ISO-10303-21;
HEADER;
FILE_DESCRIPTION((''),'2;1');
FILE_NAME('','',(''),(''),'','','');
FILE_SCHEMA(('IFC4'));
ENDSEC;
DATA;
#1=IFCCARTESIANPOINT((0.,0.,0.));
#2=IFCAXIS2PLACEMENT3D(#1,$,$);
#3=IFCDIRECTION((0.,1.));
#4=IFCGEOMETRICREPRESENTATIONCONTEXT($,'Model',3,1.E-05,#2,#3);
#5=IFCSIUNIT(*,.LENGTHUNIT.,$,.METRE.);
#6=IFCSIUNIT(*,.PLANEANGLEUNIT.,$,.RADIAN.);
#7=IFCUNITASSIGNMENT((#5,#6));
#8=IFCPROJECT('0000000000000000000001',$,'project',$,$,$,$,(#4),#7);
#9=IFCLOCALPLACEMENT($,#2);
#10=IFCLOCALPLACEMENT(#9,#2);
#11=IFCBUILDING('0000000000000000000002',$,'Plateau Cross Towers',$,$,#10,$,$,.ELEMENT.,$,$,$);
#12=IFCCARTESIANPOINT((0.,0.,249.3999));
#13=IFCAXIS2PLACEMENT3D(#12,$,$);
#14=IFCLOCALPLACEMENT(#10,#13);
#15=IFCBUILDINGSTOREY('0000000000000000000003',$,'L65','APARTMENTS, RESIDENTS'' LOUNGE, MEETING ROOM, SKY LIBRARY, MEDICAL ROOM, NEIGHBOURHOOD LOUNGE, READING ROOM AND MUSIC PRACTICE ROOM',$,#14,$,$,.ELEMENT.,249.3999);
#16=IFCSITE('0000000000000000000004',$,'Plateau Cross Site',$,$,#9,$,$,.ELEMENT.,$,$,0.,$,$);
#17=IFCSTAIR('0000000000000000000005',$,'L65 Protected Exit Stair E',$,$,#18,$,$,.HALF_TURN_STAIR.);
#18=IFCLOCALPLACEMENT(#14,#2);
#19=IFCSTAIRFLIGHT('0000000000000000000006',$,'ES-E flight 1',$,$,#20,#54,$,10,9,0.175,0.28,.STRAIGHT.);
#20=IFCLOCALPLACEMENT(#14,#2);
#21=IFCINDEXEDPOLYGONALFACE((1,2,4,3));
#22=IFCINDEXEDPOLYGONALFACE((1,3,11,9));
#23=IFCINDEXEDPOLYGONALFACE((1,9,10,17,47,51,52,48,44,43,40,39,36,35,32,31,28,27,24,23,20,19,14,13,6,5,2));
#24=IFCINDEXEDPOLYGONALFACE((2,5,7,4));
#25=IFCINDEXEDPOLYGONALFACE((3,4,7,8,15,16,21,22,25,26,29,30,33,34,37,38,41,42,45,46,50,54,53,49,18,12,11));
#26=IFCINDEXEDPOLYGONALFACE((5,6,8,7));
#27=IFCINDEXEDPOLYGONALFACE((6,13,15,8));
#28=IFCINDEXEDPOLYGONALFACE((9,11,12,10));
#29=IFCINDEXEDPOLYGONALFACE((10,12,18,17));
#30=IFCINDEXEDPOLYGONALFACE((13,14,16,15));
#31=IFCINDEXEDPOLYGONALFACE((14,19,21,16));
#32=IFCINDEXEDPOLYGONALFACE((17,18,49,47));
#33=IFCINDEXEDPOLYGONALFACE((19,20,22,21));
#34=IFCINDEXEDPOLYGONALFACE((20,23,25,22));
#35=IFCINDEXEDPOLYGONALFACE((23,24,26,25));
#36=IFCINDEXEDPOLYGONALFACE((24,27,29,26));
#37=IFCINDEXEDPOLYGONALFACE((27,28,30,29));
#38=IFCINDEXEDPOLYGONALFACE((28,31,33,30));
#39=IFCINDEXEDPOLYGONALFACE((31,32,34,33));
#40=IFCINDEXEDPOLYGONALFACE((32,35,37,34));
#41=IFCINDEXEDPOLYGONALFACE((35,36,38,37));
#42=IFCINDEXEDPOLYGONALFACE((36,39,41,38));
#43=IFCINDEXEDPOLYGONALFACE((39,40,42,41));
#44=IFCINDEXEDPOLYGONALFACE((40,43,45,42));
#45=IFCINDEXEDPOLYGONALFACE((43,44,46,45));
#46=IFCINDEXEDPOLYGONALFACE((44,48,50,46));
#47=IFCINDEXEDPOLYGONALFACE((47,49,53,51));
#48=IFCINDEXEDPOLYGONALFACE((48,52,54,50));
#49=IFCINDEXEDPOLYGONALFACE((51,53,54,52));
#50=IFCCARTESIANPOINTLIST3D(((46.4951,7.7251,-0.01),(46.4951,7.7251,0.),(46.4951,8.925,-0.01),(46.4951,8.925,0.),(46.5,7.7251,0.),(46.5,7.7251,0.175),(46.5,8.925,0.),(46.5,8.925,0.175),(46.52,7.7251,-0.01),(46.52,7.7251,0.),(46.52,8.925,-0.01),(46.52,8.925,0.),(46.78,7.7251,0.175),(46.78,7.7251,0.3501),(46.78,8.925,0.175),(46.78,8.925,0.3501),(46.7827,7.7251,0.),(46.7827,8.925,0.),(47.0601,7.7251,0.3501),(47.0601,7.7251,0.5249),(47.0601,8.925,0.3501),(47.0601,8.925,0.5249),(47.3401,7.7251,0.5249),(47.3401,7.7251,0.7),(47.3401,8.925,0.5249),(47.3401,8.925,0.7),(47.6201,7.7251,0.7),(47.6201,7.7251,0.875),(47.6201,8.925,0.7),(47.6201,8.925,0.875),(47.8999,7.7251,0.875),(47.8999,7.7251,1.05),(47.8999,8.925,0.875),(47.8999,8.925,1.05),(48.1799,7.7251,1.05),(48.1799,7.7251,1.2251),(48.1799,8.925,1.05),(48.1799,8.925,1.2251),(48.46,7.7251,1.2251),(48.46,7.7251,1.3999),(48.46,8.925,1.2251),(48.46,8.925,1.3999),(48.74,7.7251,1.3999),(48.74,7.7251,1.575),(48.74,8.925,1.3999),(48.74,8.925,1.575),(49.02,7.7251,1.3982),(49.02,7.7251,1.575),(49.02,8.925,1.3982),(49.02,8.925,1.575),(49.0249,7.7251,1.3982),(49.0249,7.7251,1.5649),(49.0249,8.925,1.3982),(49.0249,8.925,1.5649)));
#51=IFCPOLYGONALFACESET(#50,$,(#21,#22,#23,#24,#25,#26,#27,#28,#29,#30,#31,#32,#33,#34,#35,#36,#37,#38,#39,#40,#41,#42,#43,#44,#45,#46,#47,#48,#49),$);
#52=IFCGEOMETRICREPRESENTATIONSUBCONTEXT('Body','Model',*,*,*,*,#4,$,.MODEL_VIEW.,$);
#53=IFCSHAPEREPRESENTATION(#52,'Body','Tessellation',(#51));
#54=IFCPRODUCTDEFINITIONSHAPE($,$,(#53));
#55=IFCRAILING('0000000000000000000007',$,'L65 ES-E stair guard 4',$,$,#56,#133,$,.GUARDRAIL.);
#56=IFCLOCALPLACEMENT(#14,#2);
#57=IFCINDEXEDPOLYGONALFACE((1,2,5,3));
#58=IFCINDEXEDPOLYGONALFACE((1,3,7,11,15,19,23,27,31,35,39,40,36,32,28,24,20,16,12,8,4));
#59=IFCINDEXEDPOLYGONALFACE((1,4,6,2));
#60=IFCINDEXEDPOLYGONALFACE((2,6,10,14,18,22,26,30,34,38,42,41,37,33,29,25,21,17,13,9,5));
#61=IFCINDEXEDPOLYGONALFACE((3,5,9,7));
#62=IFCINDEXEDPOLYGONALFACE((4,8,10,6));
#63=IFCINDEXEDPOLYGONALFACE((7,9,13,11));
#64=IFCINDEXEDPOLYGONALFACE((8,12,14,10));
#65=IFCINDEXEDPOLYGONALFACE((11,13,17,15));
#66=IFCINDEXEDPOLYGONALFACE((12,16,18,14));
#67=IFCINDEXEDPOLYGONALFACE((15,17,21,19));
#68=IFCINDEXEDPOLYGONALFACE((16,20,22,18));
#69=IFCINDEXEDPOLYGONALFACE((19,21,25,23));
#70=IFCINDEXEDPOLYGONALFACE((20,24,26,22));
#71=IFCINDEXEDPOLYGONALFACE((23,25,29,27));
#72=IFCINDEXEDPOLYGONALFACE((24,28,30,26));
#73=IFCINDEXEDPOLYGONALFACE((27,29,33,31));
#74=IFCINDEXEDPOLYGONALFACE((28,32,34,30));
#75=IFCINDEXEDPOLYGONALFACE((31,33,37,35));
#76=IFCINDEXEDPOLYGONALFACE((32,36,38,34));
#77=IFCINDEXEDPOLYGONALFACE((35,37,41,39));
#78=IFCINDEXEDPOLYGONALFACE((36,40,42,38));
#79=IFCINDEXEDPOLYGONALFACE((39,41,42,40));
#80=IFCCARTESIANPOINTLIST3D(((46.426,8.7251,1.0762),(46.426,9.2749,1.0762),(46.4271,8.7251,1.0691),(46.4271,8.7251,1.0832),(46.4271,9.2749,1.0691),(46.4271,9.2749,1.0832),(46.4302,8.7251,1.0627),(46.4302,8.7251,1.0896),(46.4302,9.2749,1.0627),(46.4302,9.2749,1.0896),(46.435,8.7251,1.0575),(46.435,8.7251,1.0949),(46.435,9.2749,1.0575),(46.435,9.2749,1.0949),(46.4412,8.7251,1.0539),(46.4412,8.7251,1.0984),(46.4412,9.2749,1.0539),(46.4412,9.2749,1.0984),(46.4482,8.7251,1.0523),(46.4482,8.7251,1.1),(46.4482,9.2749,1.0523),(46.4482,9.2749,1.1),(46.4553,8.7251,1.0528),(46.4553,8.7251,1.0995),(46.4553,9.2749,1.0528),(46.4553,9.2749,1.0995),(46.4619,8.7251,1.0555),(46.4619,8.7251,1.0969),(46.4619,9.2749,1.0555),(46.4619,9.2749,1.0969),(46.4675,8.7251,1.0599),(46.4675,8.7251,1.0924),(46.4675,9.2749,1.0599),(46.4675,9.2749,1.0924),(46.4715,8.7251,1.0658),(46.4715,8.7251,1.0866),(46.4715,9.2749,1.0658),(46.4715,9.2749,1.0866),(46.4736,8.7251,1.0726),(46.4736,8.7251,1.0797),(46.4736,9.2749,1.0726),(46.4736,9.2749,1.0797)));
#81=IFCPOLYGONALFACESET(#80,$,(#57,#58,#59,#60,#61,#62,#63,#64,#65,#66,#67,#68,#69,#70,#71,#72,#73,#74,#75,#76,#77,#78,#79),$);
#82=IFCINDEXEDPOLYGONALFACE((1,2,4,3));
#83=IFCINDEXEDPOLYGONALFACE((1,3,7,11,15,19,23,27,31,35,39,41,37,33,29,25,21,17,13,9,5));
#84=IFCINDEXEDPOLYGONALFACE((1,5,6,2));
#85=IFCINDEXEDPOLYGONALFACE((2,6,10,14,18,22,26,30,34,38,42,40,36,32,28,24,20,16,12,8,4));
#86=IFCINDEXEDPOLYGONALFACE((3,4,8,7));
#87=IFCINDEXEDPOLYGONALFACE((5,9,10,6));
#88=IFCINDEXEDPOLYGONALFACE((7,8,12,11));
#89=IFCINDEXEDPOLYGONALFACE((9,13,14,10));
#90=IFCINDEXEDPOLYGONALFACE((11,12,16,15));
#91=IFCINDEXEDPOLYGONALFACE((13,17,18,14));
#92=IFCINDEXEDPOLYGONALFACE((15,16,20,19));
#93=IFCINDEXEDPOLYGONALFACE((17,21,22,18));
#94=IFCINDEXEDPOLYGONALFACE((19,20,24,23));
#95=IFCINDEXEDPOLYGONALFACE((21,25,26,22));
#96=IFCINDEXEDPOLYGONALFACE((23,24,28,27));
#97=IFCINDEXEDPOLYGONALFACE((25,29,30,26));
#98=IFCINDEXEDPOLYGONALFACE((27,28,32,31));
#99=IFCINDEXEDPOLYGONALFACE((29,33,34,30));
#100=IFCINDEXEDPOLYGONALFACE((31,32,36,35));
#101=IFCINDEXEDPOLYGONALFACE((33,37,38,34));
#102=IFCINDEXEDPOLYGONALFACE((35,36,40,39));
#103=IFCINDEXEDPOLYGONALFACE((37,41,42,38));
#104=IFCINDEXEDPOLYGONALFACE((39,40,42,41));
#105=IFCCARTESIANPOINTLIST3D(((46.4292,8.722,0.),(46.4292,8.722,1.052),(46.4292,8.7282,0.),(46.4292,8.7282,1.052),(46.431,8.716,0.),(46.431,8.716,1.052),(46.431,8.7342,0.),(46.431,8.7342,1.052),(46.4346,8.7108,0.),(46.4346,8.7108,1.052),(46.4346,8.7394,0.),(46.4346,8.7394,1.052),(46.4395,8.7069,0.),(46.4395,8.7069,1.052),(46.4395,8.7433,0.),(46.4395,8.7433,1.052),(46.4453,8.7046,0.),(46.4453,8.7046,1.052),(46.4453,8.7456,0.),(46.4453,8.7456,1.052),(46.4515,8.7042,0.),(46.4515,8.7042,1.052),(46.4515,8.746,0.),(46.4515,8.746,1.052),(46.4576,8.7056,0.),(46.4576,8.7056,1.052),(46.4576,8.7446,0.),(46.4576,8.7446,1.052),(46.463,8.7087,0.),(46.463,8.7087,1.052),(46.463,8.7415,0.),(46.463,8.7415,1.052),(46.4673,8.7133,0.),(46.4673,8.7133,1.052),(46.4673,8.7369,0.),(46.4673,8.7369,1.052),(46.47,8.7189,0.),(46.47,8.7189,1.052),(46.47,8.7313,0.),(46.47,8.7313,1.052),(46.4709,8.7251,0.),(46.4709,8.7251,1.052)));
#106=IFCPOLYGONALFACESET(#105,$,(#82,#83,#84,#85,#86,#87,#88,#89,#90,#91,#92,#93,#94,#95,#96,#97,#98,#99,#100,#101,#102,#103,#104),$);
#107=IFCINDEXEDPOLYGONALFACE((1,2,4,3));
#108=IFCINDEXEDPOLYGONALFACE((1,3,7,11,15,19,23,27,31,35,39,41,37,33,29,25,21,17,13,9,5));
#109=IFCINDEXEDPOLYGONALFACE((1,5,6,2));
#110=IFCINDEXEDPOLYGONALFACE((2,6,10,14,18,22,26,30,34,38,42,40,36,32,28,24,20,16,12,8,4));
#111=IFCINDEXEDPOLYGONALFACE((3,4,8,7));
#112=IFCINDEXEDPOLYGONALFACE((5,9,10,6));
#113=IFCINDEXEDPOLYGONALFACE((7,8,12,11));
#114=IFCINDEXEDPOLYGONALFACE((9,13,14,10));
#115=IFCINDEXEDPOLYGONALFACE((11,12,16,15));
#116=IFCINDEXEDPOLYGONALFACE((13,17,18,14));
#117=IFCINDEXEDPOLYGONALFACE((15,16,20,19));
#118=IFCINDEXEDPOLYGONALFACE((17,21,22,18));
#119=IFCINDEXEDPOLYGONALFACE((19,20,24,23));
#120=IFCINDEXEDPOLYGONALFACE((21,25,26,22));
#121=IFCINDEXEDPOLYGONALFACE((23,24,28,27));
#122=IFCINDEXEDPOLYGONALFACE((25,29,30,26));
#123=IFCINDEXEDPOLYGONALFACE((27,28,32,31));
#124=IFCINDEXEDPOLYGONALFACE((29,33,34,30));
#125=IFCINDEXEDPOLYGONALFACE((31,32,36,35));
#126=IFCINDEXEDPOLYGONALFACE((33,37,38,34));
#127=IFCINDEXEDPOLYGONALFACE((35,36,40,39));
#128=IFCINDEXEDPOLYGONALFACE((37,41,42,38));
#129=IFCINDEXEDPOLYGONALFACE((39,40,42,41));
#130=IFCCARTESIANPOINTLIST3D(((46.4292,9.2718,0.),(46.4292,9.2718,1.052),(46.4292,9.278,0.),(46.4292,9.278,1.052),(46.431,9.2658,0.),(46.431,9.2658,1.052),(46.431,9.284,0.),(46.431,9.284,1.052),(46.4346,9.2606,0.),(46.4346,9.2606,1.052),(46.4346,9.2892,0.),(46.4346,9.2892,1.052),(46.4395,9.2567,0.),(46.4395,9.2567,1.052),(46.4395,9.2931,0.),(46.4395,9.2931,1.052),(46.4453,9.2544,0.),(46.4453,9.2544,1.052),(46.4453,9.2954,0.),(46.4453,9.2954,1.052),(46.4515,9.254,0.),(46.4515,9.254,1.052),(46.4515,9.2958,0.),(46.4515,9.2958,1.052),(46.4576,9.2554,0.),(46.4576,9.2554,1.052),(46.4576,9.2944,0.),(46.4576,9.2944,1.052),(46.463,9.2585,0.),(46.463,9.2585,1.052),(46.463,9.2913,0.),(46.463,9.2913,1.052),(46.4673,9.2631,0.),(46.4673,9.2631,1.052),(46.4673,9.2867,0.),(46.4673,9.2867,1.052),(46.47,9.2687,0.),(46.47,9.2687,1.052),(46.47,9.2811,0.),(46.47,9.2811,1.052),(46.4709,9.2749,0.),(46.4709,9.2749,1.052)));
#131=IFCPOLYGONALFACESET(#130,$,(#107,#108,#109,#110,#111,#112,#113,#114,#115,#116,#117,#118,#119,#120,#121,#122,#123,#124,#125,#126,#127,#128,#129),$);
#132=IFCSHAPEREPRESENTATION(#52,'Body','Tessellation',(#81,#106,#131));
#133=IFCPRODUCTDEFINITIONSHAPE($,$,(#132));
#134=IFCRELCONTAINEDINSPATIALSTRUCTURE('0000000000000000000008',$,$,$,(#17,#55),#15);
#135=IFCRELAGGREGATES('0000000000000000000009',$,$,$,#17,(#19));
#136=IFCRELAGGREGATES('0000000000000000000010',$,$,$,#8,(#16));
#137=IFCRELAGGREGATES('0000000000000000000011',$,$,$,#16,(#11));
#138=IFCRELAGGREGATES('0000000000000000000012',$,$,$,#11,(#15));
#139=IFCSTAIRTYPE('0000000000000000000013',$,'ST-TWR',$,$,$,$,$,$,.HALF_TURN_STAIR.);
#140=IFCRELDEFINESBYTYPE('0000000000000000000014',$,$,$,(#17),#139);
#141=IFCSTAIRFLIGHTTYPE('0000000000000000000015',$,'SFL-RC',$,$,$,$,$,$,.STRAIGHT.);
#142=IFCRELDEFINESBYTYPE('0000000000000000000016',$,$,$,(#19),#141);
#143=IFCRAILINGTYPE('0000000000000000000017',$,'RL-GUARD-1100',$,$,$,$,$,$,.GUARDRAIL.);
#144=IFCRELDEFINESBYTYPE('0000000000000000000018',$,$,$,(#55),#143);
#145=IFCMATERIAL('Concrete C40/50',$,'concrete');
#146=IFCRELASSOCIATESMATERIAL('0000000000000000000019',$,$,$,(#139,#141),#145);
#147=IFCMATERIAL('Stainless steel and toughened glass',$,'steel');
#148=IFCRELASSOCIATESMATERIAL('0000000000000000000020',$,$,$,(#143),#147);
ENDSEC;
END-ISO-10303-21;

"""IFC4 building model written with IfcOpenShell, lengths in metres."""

from ifc_helpers import new_model, si_unit, direction, frame, origin, origin_2d, place, context, subcontext, project, spatial, polyline, circle, outline, extrude, material, type_object, element, aggregate, save


model = new_model("IFC4")

# Units and contexts
model_context = context("Model", 3, precision=1e-05, world=origin(), true_north=direction((0.0, 1.0)))
body_context = subcontext(model_context, "Body", "Model", "MODEL_VIEW")
ifc_project = project(units=[si_unit("LENGTHUNIT", "METRE"), si_unit("PLANEANGLEUNIT", "RADIAN")], contexts=[model_context])

# Site, building, storey
site_placement = place(None, origin())
site = spatial("IfcSite", under=ifc_project, at=site_placement, Name="Plateau Cross Site", CompositionType="ELEMENT", RefElevation=0.0)
building_placement = place(site_placement, origin())
building = spatial("IfcBuilding", under=site, at=building_placement, Name="Plateau Cross Towers", CompositionType="ELEMENT")
storey_placement = place(building_placement, frame((0.0, 0.0, 249.3999)))
storey = spatial("IfcBuildingStorey", under=building, at=storey_placement, Name="L65", Description="APARTMENTS, RESIDENTS' LOUNGE, MEETING ROOM, SKY LIBRARY, MEDICAL ROOM, NEIGHBOURHOOD LOUNGE, READING ROOM AND MUSIC PRACTICE ROOM", CompositionType="ELEMENT", Elevation=249.3999)

# Stair, stair flight
ifc_material_1 = material(Name="Concrete C40/50", Category="concrete")
stair_type = type_object("IfcStairType", Name="ST-TWR", PredefinedType="HALF_TURN_STAIR", material=ifc_material_1)
stair_placement = place(storey_placement, origin())
stair = element("IfcStair", 1, at=stair_placement, inside=storey, type_object=stair_type, Name="L65 Protected Exit Stair E", PredefinedType="HALF_TURN_STAIR")
stair_flight_type = type_object("IfcStairFlightType", Name="SFL-RC", PredefinedType="STRAIGHT", material=ifc_material_1)
stair_flight_placement = place(storey_placement, frame((46.5, 8.325, 0.0), z_axis=(0.0, 0.0, 1.0), x_axis=(1.0, 0.0, 0.0)))
stair_flight = element("IfcStairFlight", 2, at=stair_flight_placement, type_object=stair_flight_type, Name="ES-E flight 1", NumberOfRisers=10, NumberOfTreads=9, PredefinedType="STRAIGHT", RiserHeight=0.175, TreadLength=0.28, context=body_context, shape_type="SweptSolid", body=[
    extrude(outline(polyline([(-0.0049, -0.01), (-0.0049, 0.0), (0.0, 0.0), (0.0, 0.175), (0.28, 0.175), (0.28, 0.3501), (0.5601, 0.3501), (0.5601, 0.5249), (0.8401, 0.5249), (0.8401, 0.7), (1.1201, 0.7), (1.1201, 0.875), (1.3999, 0.875), (1.3999, 1.05), (1.6799, 1.05), (1.6799, 1.2251), (1.96, 1.2251), (1.96, 1.3999), (2.24, 1.3999), (2.24, 1.575), (2.52, 1.575), (2.5249, 1.5649), (2.5249, 1.3982), (2.52, 1.3982), (0.2827, 0.0), (0.02, 0.0), (0.02, -0.01), (-0.0049, -0.01)])), frame((0.0, 0.6001, 0.0), z_axis=(0.0, -1.0, 0.0), x_axis=(1.0, 0.0, 0.0)), (0.0, 0.0, 1.0), 1.2),
])
aggregate(stair, [stair_flight])

# Railing
ifc_material_2 = material(Name="Stainless steel and toughened glass", Category="steel")
railing_type_1 = type_object("IfcRailingType", Name="RL-GUARD-1100", PredefinedType="GUARDRAIL", material=ifc_material_2)
railing_1_placement = place(storey_placement, frame((46.45, 8.7251, 0.0)))
element("IfcRailing", 3, at=railing_1_placement, inside=storey, type_object=railing_type_1, Name="L65 ES-E stair guard 4", PredefinedType="GUARDRAIL", context=body_context, shape_type="SweptSolid", body=[
    extrude(circle(Radius=0.0239, at=origin_2d()), frame((0.0, 0.0, 1.0762), z_axis=(0.0, 1.0, 0.0), x_axis=(-1.0, 0.0, 0.0)), (0.0, 0.0, 1.0), 0.5498),
    extrude(circle(Radius=0.021, at=origin_2d()), origin(), (0.0, 0.0, 1.0), 1.052),
    extrude(circle(Radius=0.021, at=origin_2d()), frame((0.0, 0.5498, 0.0)), (0.0, 0.0, 1.0), 1.052),
])

save(model, "model.ifc")
